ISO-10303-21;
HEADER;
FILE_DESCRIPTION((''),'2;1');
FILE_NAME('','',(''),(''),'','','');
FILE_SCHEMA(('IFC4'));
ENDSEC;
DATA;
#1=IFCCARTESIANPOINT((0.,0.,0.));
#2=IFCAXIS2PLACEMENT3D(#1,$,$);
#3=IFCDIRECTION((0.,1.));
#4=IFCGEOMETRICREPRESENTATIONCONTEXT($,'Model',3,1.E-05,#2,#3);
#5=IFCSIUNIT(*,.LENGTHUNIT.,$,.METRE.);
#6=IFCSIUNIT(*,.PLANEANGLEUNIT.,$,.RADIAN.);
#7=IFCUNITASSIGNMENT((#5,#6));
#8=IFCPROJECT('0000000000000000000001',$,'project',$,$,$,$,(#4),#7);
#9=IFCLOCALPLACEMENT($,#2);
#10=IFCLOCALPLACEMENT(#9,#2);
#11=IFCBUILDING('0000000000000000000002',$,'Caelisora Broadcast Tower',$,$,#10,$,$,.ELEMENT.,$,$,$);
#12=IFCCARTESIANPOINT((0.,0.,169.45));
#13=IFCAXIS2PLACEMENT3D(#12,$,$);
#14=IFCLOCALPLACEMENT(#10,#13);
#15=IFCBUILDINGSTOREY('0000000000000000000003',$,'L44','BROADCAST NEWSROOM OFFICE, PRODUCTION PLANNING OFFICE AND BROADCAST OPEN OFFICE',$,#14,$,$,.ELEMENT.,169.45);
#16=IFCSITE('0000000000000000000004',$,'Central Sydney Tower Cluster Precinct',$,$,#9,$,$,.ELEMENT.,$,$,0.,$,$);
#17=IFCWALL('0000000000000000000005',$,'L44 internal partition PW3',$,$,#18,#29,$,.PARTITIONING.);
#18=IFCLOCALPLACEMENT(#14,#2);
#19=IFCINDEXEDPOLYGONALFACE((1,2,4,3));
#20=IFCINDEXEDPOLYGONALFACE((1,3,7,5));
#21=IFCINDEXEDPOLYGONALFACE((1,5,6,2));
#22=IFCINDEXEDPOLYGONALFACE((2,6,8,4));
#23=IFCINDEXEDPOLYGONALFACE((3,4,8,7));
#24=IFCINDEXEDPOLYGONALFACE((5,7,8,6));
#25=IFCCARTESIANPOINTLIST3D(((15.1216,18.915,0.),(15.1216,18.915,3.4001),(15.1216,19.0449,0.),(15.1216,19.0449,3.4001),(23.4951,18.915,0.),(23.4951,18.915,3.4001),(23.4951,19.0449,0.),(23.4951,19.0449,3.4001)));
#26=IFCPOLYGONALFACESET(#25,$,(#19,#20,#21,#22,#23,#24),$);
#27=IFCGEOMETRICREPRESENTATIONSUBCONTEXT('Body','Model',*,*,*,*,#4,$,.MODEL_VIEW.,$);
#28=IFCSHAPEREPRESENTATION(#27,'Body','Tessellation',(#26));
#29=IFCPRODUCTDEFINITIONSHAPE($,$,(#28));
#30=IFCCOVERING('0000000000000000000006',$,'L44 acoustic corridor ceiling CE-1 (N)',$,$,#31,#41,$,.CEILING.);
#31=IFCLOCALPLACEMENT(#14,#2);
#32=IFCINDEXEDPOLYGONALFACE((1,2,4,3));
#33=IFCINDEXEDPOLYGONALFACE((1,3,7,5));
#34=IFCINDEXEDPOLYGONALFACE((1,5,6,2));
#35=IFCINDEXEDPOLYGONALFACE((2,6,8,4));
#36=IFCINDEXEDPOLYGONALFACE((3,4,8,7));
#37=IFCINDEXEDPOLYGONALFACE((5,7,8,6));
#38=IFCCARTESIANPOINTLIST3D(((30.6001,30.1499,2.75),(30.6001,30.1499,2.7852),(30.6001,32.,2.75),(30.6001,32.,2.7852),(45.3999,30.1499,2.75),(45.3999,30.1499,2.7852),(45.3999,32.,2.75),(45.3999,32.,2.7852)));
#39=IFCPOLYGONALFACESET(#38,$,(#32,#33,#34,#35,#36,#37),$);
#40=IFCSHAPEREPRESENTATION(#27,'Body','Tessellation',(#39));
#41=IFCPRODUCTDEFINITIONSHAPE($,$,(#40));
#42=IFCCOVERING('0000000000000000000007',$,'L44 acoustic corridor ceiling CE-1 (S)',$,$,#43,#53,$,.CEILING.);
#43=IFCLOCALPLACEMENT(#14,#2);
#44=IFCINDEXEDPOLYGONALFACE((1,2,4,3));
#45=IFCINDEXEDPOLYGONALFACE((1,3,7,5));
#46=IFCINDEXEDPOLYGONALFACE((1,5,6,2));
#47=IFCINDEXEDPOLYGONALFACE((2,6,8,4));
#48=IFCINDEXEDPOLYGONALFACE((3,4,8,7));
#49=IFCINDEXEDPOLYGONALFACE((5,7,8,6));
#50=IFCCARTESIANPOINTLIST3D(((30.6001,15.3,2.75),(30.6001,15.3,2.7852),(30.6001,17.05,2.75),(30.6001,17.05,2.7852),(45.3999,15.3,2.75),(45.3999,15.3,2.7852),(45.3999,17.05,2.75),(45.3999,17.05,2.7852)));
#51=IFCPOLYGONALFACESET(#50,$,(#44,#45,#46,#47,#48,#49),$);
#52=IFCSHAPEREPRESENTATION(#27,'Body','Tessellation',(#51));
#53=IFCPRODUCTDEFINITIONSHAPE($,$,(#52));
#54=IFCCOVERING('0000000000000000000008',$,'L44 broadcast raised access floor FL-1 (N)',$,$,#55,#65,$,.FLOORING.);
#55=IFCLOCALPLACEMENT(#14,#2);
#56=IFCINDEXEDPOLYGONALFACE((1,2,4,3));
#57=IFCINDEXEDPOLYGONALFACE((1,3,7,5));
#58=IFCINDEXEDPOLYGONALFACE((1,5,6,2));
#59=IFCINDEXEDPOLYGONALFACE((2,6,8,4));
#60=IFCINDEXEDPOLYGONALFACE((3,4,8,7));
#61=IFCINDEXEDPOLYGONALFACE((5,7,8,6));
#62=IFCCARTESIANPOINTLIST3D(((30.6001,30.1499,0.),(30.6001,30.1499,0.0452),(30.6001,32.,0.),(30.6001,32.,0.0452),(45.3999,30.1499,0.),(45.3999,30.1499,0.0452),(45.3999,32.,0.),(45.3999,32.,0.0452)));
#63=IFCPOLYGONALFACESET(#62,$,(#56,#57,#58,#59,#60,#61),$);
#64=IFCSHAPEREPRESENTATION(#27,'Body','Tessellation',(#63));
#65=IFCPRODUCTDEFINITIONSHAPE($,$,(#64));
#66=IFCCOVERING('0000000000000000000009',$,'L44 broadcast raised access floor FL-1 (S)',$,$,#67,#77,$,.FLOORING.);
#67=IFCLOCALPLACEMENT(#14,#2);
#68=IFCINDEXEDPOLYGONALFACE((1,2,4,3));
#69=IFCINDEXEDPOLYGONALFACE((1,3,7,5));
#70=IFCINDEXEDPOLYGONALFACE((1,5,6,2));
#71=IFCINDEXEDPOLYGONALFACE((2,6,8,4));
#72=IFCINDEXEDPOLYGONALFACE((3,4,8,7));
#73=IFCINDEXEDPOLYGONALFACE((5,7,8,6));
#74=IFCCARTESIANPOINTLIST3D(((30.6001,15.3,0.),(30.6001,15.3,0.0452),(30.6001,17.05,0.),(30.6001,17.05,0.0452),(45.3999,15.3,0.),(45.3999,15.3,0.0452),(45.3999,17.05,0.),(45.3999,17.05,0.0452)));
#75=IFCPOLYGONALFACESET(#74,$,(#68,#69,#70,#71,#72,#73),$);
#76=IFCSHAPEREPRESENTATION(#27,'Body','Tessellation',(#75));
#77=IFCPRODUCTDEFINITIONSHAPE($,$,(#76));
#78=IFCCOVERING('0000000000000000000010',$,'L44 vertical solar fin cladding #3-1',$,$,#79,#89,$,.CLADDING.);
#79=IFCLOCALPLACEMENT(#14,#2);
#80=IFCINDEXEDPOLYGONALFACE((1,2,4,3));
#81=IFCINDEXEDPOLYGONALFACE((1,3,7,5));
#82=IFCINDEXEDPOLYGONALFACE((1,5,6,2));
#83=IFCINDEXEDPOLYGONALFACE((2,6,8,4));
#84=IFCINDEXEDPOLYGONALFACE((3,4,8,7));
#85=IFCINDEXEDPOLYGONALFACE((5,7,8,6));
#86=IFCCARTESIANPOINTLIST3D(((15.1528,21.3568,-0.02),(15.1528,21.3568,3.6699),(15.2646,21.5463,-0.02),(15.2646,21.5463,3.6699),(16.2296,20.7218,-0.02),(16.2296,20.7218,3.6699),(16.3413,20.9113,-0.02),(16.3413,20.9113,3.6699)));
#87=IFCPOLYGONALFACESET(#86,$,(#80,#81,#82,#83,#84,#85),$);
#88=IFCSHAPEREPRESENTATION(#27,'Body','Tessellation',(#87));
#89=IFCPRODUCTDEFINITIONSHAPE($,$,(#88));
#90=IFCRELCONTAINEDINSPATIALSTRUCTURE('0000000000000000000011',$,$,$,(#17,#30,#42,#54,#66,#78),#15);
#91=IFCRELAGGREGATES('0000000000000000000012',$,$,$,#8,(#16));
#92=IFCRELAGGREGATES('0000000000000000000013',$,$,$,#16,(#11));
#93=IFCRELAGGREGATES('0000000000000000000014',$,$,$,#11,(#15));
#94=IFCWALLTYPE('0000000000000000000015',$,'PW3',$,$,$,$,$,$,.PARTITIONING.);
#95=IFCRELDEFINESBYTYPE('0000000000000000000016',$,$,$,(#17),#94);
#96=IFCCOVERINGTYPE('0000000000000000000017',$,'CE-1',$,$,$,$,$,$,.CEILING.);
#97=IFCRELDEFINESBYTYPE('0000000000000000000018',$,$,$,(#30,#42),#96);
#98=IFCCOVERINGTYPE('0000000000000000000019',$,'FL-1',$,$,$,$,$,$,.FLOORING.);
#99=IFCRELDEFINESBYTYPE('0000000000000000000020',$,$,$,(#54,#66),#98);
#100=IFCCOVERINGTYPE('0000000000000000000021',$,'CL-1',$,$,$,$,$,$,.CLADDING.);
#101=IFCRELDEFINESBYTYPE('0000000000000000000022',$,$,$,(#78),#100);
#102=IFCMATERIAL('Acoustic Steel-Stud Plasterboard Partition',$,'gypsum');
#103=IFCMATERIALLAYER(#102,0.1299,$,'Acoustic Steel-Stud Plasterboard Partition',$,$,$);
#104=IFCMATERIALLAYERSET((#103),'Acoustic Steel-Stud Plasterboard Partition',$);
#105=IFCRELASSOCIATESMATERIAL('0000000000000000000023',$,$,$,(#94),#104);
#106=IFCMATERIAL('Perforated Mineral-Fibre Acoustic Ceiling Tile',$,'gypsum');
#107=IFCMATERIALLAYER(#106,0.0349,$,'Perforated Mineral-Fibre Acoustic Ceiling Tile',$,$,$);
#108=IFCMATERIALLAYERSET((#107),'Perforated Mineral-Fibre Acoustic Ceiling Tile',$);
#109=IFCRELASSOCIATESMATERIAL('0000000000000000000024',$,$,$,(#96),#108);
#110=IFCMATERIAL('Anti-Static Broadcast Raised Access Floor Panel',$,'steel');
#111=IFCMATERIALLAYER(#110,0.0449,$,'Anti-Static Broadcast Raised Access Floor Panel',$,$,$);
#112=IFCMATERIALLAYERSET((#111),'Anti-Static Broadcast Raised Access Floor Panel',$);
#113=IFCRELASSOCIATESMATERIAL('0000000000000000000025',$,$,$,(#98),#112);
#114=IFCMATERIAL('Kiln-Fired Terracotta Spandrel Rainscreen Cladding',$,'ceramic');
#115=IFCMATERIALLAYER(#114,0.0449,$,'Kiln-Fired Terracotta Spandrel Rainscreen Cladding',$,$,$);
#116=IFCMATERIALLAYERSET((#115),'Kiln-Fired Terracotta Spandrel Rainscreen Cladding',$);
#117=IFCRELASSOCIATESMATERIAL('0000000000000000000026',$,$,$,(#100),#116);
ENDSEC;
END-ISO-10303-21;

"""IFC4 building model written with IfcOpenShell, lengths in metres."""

from ifc_helpers import new_model, si_unit, direction, frame, frame_2d, origin, origin_2d, place, context, subcontext, project, spatial, polyline, rectangle, outline, extrude, source, transform, mapped, material, layer, layer_set, type_object, type_shapes, element, save


model = new_model("IFC4")

# Units and contexts
model_context = context("Model", 3, precision=1e-05, world=origin(), true_north=direction((0.0, 1.0)))
body_context = subcontext(model_context, "Body", "Model", "MODEL_VIEW")
ifc_project = project(units=[si_unit("LENGTHUNIT", "METRE"), si_unit("PLANEANGLEUNIT", "RADIAN")], contexts=[model_context])

# Site, building, storey
site_placement = place(None, origin())
site = spatial("IfcSite", under=ifc_project, at=site_placement, Name="Central Sydney Tower Cluster Precinct", CompositionType="ELEMENT", RefElevation=0.0)
building_placement = place(site_placement, origin())
building = spatial("IfcBuilding", under=site, at=building_placement, Name="Caelisora Broadcast Tower", CompositionType="ELEMENT")
storey_placement = place(building_placement, frame((0.0, 0.0, 169.45)))
storey = spatial("IfcBuildingStorey", under=building, at=storey_placement, Name="L44", Description="BROADCAST NEWSROOM OFFICE, PRODUCTION PLANNING OFFICE AND BROADCAST OPEN OFFICE", CompositionType="ELEMENT", Elevation=169.45)

# Shared definitions
ifc_material_1 = material(Name="Acoustic Steel-Stud Plasterboard Partition", Category="gypsum")
ifc_layer_1 = layer(ifc_material_1, 0.1299, Name="Acoustic Steel-Stud Plasterboard Partition")
ifc_layer_set_1 = layer_set([ifc_layer_1], Name="Acoustic Steel-Stud Plasterboard Partition")
wall_type_1 = type_object("IfcWallType", Name="PW3", PredefinedType="PARTITIONING", material=ifc_layer_set_1)

# Wall
wall_1_placement = place(storey_placement, frame((15.1216, 18.98, 0.0), z_axis=(0.0, 0.0, 1.0), x_axis=(1.0, 0.0, 0.0)))
element("IfcWall", 1, at=wall_1_placement, inside=storey, type_object=wall_type_1, Name="L44 internal partition PW3", PredefinedType="PARTITIONING", context=body_context, shape_type="SweptSolid", body=[
    extrude(rectangle(XDim=8.3735, YDim=0.1299, at=frame_2d((4.1868, 0.0))), origin(), (0.0, 0.0, 1.0), 3.4001),
])

# Coverings
ifc_material_2 = material(Name="Perforated Mineral-Fibre Acoustic Ceiling Tile", Category="gypsum")
ifc_layer_2 = layer(ifc_material_2, 0.0349, Name="Perforated Mineral-Fibre Acoustic Ceiling Tile")
ifc_layer_set_2 = layer_set([ifc_layer_2], Name="Perforated Mineral-Fibre Acoustic Ceiling Tile")
covering_type_1 = type_object("IfcCoveringType", Name="CE-1", PredefinedType="CEILING", material=ifc_layer_set_2)
covering_1_placement = place(storey_placement, frame((0.0, 0.0, 2.75)))
element("IfcCovering", 2, at=covering_1_placement, inside=storey, type_object=covering_type_1, Name="L44 acoustic corridor ceiling CE-1 (N)", PredefinedType="CEILING", context=body_context, shape_type="SweptSolid", body=[
    extrude(outline(polyline([(30.6001, 30.1499), (45.3999, 30.1499), (45.3999, 32.0), (30.6001, 32.0), (30.6001, 30.1499)])), origin(), (0.0, 0.0, 1.0), 0.0352),
])
covering_2_placement = place(storey_placement, frame((0.0, 0.0, 2.75)))
element("IfcCovering", 3, at=covering_2_placement, inside=storey, type_object=covering_type_1, Name="L44 acoustic corridor ceiling CE-1 (S)", PredefinedType="CEILING", context=body_context, shape_type="SweptSolid", body=[
    extrude(outline(polyline([(30.6001, 15.3), (45.3999, 15.3), (45.3999, 17.05), (30.6001, 17.05), (30.6001, 15.3)])), origin(), (0.0, 0.0, 1.0), 0.0352),
])
ifc_material_3 = material(Name="Anti-Static Broadcast Raised Access Floor Panel", Category="steel")
ifc_layer_3 = layer(ifc_material_3, 0.0449, Name="Anti-Static Broadcast Raised Access Floor Panel")
ifc_layer_set_3 = layer_set([ifc_layer_3], Name="Anti-Static Broadcast Raised Access Floor Panel")
covering_type_2 = type_object("IfcCoveringType", Name="FL-1", PredefinedType="FLOORING", material=ifc_layer_set_3)
covering_3_placement = place(storey_placement, origin())
element("IfcCovering", 4, at=covering_3_placement, inside=storey, type_object=covering_type_2, Name="L44 broadcast raised access floor FL-1 (N)", PredefinedType="FLOORING", context=body_context, shape_type="SweptSolid", body=[
    extrude(outline(polyline([(30.6001, 30.1499), (45.3999, 30.1499), (45.3999, 32.0), (30.6001, 32.0), (30.6001, 30.1499)])), origin(), (0.0, 0.0, 1.0), 0.0452),
])
covering_4_placement = place(storey_placement, origin())
element("IfcCovering", 5, at=covering_4_placement, inside=storey, type_object=covering_type_2, Name="L44 broadcast raised access floor FL-1 (S)", PredefinedType="FLOORING", context=body_context, shape_type="SweptSolid", body=[
    extrude(outline(polyline([(30.6001, 15.3), (45.3999, 15.3), (45.3999, 17.05), (30.6001, 17.05), (30.6001, 15.3)])), origin(), (0.0, 0.0, 1.0), 0.0452),
])
ifc_material_4 = material(Name="Kiln-Fired Terracotta Spandrel Rainscreen Cladding", Category="ceramic")
ifc_layer_4 = layer(ifc_material_4, 0.0449, Name="Kiln-Fired Terracotta Spandrel Rainscreen Cladding")
ifc_layer_set_4 = layer_set([ifc_layer_4], Name="Kiln-Fired Terracotta Spandrel Rainscreen Cladding")
covering_type_3 = type_object("IfcCoveringType", Name="CL-1", PredefinedType="CLADDING", material=ifc_layer_set_4)
shared_shape_1 = source(origin(), body_context, "Body", "SweptSolid", [
    extrude(rectangle(XDim=0.22, YDim=1.25, at=origin_2d()), origin(), (0.0, 0.0, 1.0), 3.6899),
])
type_shapes(covering_type_3, [shared_shape_1])
covering_5_placement = place(storey_placement, frame((15.7471, 21.134, -0.02), z_axis=(0.0, 0.0, 1.0), x_axis=(0.507989, 0.861363, 0.0)))
element("IfcCovering", 6, at=covering_5_placement, inside=storey, type_object=covering_type_3, Name="L44 vertical solar fin cladding #3-1", PredefinedType="CLADDING", context=body_context, shape_type="MappedRepresentation", body=[
    mapped(shared_shape_1, transform((0.0, 0.0, 0.0), scale=1.0)),
])

save(model, "model.ifc")
